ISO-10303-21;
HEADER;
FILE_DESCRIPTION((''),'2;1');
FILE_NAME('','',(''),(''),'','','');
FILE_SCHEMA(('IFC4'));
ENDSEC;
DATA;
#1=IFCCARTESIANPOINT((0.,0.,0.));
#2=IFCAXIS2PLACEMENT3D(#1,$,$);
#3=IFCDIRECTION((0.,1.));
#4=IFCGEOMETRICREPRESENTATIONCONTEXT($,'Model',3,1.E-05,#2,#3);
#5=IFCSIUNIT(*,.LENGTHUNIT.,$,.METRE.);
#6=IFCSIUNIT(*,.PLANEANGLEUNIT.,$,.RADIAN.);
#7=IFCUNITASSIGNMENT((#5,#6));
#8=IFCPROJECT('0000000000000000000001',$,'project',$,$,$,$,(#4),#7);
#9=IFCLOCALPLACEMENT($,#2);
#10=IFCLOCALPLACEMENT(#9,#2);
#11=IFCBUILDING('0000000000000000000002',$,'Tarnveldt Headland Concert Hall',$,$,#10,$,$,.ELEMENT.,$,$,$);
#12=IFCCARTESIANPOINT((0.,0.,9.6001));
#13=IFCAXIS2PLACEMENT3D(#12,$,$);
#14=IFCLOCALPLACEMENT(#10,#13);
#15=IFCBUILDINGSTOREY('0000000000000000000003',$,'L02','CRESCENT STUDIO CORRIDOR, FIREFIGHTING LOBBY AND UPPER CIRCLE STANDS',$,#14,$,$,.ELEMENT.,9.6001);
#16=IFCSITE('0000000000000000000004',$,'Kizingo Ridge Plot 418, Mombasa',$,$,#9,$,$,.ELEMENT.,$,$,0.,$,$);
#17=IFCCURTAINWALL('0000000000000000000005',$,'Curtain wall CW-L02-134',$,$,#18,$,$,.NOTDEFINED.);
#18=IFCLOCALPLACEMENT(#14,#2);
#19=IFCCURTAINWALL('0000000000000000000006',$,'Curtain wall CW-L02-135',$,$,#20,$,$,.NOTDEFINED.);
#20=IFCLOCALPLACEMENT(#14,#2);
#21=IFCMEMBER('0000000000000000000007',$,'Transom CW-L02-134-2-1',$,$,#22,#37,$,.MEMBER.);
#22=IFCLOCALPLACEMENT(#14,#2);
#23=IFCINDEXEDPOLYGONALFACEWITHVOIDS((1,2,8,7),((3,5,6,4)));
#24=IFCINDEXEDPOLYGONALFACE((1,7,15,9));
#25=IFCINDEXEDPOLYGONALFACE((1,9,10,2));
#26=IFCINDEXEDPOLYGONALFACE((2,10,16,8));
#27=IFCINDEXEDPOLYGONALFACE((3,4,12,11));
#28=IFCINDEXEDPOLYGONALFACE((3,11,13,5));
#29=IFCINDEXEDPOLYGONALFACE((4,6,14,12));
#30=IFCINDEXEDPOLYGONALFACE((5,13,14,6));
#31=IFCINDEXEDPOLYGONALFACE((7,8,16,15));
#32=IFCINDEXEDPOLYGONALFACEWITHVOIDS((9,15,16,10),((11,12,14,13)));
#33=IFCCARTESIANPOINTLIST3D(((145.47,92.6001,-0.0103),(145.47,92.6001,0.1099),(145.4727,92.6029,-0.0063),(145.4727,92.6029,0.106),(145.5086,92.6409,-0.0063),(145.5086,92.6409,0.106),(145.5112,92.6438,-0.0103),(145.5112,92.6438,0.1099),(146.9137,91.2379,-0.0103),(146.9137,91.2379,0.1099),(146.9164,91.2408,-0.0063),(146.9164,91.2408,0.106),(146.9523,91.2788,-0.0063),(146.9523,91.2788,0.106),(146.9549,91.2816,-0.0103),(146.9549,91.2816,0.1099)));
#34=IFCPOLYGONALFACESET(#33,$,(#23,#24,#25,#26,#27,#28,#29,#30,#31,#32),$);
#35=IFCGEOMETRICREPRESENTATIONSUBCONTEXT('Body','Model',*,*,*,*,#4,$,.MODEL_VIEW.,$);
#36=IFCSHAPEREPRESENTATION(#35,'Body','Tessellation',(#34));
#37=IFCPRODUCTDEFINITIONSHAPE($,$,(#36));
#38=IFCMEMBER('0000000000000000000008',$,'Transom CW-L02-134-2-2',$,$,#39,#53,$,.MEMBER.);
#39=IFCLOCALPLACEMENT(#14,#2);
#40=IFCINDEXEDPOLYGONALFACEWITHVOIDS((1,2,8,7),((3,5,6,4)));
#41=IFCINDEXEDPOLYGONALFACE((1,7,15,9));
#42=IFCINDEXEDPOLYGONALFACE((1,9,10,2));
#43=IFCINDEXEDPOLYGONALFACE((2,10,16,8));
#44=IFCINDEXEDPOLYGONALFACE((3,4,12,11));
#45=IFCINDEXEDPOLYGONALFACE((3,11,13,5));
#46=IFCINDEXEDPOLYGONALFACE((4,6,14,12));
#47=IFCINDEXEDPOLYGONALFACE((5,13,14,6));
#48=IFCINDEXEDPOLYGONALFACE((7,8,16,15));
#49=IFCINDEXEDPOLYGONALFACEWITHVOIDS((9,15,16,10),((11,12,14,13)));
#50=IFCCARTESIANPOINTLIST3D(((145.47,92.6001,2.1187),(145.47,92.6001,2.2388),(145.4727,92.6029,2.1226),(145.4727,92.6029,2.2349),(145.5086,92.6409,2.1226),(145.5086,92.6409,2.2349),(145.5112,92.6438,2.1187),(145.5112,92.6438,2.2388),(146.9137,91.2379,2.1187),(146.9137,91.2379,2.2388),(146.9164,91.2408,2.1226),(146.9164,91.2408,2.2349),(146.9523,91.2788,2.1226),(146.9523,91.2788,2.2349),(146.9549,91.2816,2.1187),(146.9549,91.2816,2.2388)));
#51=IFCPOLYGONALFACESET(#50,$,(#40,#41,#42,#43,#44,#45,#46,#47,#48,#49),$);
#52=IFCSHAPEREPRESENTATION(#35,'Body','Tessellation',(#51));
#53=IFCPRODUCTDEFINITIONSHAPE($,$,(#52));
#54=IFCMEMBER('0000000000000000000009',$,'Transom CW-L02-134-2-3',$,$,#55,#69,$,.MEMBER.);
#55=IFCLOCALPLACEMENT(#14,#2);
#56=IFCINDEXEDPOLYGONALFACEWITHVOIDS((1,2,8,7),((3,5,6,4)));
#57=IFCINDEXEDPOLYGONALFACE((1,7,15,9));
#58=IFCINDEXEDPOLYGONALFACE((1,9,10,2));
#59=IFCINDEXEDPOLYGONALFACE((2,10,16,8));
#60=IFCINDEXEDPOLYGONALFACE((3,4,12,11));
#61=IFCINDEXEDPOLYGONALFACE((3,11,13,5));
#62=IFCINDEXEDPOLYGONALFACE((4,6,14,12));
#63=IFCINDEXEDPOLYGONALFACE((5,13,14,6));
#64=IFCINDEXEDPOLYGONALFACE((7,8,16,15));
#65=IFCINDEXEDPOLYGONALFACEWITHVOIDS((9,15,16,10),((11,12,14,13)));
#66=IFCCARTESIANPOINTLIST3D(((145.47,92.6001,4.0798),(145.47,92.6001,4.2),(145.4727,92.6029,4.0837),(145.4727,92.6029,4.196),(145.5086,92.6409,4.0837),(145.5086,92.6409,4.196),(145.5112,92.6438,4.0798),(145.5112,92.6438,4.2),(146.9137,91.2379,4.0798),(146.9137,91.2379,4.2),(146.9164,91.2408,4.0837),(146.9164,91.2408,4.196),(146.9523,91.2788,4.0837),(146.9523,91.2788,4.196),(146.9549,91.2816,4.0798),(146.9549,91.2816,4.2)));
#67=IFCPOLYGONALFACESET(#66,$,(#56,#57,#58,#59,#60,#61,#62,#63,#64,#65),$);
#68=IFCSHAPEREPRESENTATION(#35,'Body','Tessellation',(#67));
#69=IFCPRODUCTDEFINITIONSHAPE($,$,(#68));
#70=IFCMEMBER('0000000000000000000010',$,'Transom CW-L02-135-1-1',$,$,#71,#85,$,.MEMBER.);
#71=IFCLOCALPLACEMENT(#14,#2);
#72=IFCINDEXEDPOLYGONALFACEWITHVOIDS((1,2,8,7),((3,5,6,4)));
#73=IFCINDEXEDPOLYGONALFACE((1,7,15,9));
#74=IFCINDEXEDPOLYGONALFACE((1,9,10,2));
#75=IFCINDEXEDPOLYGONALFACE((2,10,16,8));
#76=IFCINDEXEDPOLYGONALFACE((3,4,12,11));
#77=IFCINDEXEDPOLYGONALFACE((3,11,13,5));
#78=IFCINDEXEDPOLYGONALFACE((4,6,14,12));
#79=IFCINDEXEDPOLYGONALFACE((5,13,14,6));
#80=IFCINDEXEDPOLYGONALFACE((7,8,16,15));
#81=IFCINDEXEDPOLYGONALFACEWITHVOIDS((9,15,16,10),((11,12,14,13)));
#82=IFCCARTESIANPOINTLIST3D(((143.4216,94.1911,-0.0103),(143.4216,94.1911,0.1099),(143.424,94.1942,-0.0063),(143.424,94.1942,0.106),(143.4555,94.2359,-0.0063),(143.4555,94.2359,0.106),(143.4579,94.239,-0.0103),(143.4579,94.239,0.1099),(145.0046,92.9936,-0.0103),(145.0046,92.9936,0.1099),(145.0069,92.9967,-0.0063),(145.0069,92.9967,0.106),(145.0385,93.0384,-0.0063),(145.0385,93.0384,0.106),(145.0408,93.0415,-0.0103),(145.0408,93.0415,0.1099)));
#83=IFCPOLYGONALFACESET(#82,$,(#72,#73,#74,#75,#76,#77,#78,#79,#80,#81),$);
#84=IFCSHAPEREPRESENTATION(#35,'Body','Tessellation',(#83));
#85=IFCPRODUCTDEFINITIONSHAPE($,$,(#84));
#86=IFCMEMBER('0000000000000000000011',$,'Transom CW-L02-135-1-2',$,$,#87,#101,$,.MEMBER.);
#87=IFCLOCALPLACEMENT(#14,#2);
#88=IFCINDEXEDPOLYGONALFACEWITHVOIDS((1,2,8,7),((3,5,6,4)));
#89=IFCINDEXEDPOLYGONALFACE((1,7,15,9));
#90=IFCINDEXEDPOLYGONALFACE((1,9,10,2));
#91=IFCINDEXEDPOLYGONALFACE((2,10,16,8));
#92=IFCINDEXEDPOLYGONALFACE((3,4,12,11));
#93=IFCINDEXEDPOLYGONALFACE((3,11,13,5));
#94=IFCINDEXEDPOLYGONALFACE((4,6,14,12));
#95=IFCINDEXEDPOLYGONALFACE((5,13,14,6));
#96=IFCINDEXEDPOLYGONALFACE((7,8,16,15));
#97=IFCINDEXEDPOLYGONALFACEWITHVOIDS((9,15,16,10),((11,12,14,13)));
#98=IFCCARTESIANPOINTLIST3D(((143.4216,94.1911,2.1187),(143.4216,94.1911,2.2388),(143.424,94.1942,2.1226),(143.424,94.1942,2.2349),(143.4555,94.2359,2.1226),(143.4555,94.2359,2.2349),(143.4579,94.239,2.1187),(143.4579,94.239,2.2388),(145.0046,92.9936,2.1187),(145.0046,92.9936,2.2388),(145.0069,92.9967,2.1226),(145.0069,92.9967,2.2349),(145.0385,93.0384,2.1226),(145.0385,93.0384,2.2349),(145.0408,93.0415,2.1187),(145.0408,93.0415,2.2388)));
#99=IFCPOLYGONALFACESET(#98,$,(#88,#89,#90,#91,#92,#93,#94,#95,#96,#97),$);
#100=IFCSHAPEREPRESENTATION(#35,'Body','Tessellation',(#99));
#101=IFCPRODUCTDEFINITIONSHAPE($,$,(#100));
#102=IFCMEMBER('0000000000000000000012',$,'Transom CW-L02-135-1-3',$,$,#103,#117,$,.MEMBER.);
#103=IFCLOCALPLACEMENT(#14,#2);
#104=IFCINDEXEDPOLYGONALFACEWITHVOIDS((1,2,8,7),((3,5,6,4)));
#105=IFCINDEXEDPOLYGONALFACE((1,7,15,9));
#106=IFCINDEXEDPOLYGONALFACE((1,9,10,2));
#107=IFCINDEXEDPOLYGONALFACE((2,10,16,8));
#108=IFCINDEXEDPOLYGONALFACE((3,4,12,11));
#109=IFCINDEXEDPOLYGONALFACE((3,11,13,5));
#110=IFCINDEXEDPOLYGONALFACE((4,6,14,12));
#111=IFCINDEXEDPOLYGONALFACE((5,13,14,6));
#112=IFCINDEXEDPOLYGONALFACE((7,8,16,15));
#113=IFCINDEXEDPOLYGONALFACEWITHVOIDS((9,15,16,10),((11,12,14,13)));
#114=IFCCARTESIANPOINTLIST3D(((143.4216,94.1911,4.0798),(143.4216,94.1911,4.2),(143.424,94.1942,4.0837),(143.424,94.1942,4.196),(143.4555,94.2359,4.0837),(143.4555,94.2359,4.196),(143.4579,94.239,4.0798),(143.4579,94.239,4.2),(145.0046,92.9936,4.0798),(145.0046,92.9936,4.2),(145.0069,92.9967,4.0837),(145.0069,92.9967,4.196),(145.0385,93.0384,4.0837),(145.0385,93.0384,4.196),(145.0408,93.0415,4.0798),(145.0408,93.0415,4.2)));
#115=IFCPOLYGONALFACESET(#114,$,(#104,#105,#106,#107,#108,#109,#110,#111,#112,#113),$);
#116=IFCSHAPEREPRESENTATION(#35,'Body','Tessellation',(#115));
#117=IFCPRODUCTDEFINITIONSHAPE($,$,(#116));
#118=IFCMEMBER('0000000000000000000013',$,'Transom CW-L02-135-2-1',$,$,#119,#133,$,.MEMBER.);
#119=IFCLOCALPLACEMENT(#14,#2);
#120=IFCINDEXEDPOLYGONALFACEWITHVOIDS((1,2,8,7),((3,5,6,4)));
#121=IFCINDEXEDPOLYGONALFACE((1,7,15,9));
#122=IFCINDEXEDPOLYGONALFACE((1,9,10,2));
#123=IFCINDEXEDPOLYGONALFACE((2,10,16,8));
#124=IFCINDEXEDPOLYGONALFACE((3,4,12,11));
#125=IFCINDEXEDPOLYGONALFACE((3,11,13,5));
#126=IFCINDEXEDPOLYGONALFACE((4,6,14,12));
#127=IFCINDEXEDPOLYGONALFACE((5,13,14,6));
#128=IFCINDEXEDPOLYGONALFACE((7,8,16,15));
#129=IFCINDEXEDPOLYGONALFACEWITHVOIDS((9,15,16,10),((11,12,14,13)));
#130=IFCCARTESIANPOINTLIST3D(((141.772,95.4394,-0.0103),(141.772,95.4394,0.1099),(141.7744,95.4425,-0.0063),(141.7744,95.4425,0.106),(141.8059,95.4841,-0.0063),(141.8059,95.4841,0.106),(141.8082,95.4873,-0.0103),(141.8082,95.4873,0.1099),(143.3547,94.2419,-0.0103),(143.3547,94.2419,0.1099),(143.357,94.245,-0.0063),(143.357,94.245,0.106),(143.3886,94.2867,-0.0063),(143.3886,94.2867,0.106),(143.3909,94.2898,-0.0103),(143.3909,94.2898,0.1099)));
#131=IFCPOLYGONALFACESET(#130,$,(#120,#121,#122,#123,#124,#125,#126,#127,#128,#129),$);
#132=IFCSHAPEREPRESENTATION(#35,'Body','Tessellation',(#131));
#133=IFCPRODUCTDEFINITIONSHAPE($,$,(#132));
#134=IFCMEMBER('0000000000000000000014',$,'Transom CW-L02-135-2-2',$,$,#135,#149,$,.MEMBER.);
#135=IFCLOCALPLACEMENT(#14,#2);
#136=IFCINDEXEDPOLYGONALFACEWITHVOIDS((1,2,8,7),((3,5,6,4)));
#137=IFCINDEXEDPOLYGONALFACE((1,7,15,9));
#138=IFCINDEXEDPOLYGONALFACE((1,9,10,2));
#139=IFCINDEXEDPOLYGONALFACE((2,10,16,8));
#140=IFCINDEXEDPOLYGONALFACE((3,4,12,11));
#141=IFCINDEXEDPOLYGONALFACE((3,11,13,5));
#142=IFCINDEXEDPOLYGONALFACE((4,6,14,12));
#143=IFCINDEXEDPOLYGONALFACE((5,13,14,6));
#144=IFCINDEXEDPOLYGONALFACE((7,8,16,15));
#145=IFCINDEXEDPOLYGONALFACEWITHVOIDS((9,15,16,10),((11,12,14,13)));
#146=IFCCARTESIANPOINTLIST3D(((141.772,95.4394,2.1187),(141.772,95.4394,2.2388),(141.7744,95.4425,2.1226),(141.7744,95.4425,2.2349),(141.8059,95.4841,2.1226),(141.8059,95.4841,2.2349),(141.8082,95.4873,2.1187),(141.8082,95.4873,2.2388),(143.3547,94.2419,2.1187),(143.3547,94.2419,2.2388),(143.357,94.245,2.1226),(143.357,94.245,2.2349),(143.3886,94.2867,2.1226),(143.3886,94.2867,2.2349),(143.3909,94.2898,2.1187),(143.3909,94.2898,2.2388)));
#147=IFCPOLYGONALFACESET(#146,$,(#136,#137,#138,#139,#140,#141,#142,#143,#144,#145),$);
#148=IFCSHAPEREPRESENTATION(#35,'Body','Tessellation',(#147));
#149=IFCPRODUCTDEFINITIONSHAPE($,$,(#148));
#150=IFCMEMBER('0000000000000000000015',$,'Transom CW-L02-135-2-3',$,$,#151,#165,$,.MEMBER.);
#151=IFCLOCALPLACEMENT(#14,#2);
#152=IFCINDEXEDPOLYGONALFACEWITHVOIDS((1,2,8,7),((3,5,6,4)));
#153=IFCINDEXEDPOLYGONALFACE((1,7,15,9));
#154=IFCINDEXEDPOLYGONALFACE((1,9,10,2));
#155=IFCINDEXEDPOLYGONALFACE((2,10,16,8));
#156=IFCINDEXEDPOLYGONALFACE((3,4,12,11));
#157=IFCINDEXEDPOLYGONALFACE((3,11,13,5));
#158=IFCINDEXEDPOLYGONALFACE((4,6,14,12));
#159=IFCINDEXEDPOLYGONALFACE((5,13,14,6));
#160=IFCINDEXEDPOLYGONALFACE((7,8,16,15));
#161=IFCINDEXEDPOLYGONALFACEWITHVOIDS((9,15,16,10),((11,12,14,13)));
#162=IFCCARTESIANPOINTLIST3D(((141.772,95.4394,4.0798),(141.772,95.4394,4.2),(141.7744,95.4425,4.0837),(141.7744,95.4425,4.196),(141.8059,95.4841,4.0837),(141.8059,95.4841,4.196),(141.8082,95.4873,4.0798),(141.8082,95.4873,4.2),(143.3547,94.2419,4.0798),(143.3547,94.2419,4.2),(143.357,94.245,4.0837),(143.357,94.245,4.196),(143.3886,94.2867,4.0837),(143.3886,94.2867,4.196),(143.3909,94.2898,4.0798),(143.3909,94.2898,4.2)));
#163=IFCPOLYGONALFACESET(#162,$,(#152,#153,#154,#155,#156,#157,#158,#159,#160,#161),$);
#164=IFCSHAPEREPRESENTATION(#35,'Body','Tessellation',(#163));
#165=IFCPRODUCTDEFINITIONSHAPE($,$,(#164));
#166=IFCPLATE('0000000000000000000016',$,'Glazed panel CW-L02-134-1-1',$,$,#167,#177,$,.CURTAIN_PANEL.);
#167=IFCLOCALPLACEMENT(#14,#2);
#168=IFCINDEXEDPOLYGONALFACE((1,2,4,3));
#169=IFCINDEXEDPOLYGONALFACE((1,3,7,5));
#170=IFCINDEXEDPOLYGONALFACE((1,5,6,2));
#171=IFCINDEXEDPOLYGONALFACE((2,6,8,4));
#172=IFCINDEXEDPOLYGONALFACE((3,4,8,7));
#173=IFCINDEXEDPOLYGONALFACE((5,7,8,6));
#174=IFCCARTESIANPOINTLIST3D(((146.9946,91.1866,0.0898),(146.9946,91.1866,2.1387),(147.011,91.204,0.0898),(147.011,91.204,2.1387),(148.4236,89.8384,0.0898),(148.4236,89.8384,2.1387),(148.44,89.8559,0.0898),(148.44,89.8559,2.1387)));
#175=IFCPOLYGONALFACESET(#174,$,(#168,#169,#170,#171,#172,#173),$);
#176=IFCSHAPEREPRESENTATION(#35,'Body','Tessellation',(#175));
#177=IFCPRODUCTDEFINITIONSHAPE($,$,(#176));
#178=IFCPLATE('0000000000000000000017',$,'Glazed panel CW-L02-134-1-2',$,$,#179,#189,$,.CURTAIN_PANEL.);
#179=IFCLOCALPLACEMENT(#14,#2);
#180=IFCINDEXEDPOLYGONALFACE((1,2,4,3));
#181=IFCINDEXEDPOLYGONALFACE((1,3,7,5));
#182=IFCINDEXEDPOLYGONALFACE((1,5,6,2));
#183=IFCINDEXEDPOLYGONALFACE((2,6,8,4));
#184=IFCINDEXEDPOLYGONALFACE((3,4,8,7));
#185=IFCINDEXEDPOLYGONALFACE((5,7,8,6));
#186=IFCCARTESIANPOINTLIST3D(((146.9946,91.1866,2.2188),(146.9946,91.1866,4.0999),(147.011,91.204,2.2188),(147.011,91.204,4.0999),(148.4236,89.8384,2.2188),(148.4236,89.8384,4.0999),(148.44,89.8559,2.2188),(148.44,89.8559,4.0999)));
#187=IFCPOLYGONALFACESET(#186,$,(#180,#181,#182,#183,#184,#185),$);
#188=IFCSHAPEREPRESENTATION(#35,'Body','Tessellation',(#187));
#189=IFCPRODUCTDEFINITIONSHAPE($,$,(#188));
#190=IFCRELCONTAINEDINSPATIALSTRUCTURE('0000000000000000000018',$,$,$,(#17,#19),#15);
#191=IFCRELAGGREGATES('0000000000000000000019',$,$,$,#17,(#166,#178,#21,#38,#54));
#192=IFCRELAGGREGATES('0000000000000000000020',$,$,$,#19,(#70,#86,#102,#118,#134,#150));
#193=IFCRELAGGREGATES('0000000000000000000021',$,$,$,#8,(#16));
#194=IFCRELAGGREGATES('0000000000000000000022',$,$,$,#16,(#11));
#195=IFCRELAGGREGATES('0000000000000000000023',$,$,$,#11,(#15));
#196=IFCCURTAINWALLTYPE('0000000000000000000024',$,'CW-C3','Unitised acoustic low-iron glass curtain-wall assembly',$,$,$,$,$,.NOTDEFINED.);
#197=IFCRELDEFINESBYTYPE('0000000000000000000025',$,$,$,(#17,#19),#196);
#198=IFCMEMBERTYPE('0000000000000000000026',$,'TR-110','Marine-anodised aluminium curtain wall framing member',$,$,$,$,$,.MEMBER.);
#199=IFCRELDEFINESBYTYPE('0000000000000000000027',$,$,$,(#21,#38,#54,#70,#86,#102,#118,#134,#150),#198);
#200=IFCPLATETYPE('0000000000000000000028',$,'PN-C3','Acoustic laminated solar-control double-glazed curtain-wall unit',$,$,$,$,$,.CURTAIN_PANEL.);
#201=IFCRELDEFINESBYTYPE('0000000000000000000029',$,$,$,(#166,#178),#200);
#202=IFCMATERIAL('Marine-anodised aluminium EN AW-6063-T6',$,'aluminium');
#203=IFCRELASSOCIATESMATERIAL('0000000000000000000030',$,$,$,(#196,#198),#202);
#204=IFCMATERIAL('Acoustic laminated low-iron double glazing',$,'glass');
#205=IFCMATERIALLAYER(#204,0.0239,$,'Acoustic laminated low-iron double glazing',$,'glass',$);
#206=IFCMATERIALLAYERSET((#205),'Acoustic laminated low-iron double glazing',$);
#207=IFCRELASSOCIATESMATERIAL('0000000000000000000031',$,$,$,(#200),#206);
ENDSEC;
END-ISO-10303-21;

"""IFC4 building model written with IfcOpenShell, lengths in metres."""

from ifc_helpers import new_model, si_unit, direction, frame, origin, origin_2d, place, context, subcontext, project, spatial, rectangle, hollow_rectangle, extrude, material, layer, layer_set, material_profile, profile_set, type_object, element, aggregate, save


model = new_model("IFC4")

# Units and contexts
model_context = context("Model", 3, precision=1e-05, world=origin(), true_north=direction((0.0, 1.0)))
body_context = subcontext(model_context, "Body", "Model", "MODEL_VIEW")
ifc_project = project(units=[si_unit("LENGTHUNIT", "METRE"), si_unit("PLANEANGLEUNIT", "RADIAN")], contexts=[model_context])

# Site, building, storey
site_placement = place(None, origin())
site = spatial("IfcSite", under=ifc_project, at=site_placement, Name="Kizingo Ridge Plot 418, Mombasa", CompositionType="ELEMENT", RefElevation=0.0)
building_placement = place(site_placement, origin())
building = spatial("IfcBuilding", under=site, at=building_placement, Name="Tarnveldt Headland Concert Hall", CompositionType="ELEMENT")
storey_placement = place(building_placement, frame((0.0, 0.0, 9.6001)))
storey = spatial("IfcBuildingStorey", under=building, at=storey_placement, Name="L02", Description="CRESCENT STUDIO CORRIDOR, FIREFIGHTING LOBBY AND UPPER CIRCLE STANDS", CompositionType="ELEMENT", Elevation=9.6001)

# Curtain walls
ifc_material_1 = material(Name="Marine-anodised aluminium EN AW-6063-T6", Category="aluminium")
curtain_wall_type = type_object("IfcCurtainWallType", Name="CW-C3", Description="Unitised acoustic low-iron glass curtain-wall assembly", PredefinedType="NOTDEFINED", material=ifc_material_1)
curtain_wall_1_placement = place(storey_placement, origin())
curtain_wall_1 = element("IfcCurtainWall", 1, at=curtain_wall_1_placement, inside=storey, type_object=curtain_wall_type, Name="Curtain wall CW-L02-134", PredefinedType="NOTDEFINED")
curtain_wall_2_placement = place(storey_placement, origin())
curtain_wall_2 = element("IfcCurtainWall", 2, at=curtain_wall_2_placement, inside=storey, type_object=curtain_wall_type, Name="Curtain wall CW-L02-135", PredefinedType="NOTDEFINED")

# Members
ifc_material_profile_1 = material_profile(ifc_material_1, hollow_rectangle(XDim=0.0601, YDim=0.1201, WallThickness=0.0039, at=origin_2d()), Name="ALU TRANSOM 60x120x4", Category="aluminium")
ifc_profile_set_1 = profile_set([ifc_material_profile_1], Name="Marine-anodised aluminium EN AW-6063-T6")
member_type_1 = type_object("IfcMemberType", Name="TR-110", Description="Marine-anodised aluminium curtain wall framing member", PredefinedType="MEMBER", material=ifc_profile_set_1)
member_1_placement = place(storey_placement, frame((146.9343, 91.2598, 0.0498), z_axis=(-0.727351, 0.686266, 0.0), x_axis=(-0.686266, -0.727351, 0.0)))
member_1 = element("IfcMember", 3, at=member_1_placement, type_object=member_type_1, Name="Transom CW-L02-134-2-1", PredefinedType="MEMBER", context=body_context, shape_type="SweptSolid", body=[
    extrude(hollow_rectangle(XDim=0.0601, YDim=0.1201, WallThickness=0.0039, at=origin_2d()), origin(), (0.0, 0.0, 1.0), 1.9849),
])
member_2_placement = place(storey_placement, frame((146.9343, 91.2598, 2.1787), z_axis=(-0.727351, 0.686266, 0.0), x_axis=(-0.686266, -0.727351, 0.0)))
member_2 = element("IfcMember", 4, at=member_2_placement, type_object=member_type_1, Name="Transom CW-L02-134-2-2", PredefinedType="MEMBER", context=body_context, shape_type="SweptSolid", body=[
    extrude(hollow_rectangle(XDim=0.0601, YDim=0.1201, WallThickness=0.0039, at=origin_2d()), origin(), (0.0, 0.0, 1.0), 1.9849),
])
member_3_placement = place(storey_placement, frame((146.9343, 91.2598, 4.1399), z_axis=(-0.727351, 0.686266, 0.0), x_axis=(-0.686266, -0.727351, 0.0)))
member_3 = element("IfcMember", 5, at=member_3_placement, type_object=member_type_1, Name="Transom CW-L02-134-2-3", PredefinedType="MEMBER", context=body_context, shape_type="SweptSolid", body=[
    extrude(hollow_rectangle(XDim=0.0601, YDim=0.1201, WallThickness=0.0039, at=origin_2d()), origin(), (0.0, 0.0, 1.0), 1.9849),
])
member_4_placement = place(storey_placement, frame((145.0227, 93.0176, 0.0498), z_axis=(-0.797514, 0.603301, 0.0), x_axis=(-0.603301, -0.797514, 0.0)))
member_4 = element("IfcMember", 6, at=member_4_placement, type_object=member_type_1, Name="Transom CW-L02-135-1-1", PredefinedType="MEMBER", context=body_context, shape_type="SweptSolid", body=[
    extrude(hollow_rectangle(XDim=0.0601, YDim=0.1201, WallThickness=0.0039, at=origin_2d()), origin(), (0.0, 0.0, 1.0), 1.9849),
])
member_5_placement = place(storey_placement, frame((145.0227, 93.0176, 2.1787), z_axis=(-0.797514, 0.603301, 0.0), x_axis=(-0.603301, -0.797514, 0.0)))
member_5 = element("IfcMember", 7, at=member_5_placement, type_object=member_type_1, Name="Transom CW-L02-135-1-2", PredefinedType="MEMBER", context=body_context, shape_type="SweptSolid", body=[
    extrude(hollow_rectangle(XDim=0.0601, YDim=0.1201, WallThickness=0.0039, at=origin_2d()), origin(), (0.0, 0.0, 1.0), 1.9849),
])
member_6_placement = place(storey_placement, frame((145.0227, 93.0176, 4.1399), z_axis=(-0.797514, 0.603301, 0.0), x_axis=(-0.603301, -0.797514, 0.0)))
member_6 = element("IfcMember", 8, at=member_6_placement, type_object=member_type_1, Name="Transom CW-L02-135-1-3", PredefinedType="MEMBER", context=body_context, shape_type="SweptSolid", body=[
    extrude(hollow_rectangle(XDim=0.0601, YDim=0.1201, WallThickness=0.0039, at=origin_2d()), origin(), (0.0, 0.0, 1.0), 1.9849),
])
member_7_placement = place(storey_placement, frame((143.3728, 94.2659, 0.0498), z_axis=(-0.797469, 0.60336, 0.0), x_axis=(-0.60336, -0.797469, 0.0)))
member_7 = element("IfcMember", 9, at=member_7_placement, type_object=member_type_1, Name="Transom CW-L02-135-2-1", PredefinedType="MEMBER", context=body_context, shape_type="SweptSolid", body=[
    extrude(hollow_rectangle(XDim=0.0601, YDim=0.1201, WallThickness=0.0039, at=origin_2d()), origin(), (0.0, 0.0, 1.0), 1.9846),
])
member_8_placement = place(storey_placement, frame((143.3728, 94.2659, 2.1787), z_axis=(-0.797469, 0.60336, 0.0), x_axis=(-0.60336, -0.797469, 0.0)))
member_8 = element("IfcMember", 10, at=member_8_placement, type_object=member_type_1, Name="Transom CW-L02-135-2-2", PredefinedType="MEMBER", context=body_context, shape_type="SweptSolid", body=[
    extrude(hollow_rectangle(XDim=0.0601, YDim=0.1201, WallThickness=0.0039, at=origin_2d()), origin(), (0.0, 0.0, 1.0), 1.9846),
])
member_9_placement = place(storey_placement, frame((143.3728, 94.2659, 4.1399), z_axis=(-0.797469, 0.60336, 0.0), x_axis=(-0.60336, -0.797469, 0.0)))
member_9 = element("IfcMember", 11, at=member_9_placement, type_object=member_type_1, Name="Transom CW-L02-135-2-3", PredefinedType="MEMBER", context=body_context, shape_type="SweptSolid", body=[
    extrude(hollow_rectangle(XDim=0.0601, YDim=0.1201, WallThickness=0.0039, at=origin_2d()), origin(), (0.0, 0.0, 1.0), 1.9846),
])

# Plates
ifc_material_2 = material(Name="Acoustic laminated low-iron double glazing", Category="glass")
ifc_layer_1 = layer(ifc_material_2, 0.0239, Name="Acoustic laminated low-iron double glazing", Category="glass")
ifc_layer_set_1 = layer_set([ifc_layer_1], Name="Acoustic laminated low-iron double glazing")
plate_type = type_object("IfcPlateType", Name="PN-C3", Description="Acoustic laminated solar-control double-glazed curtain-wall unit", PredefinedType="CURTAIN_PANEL", material=ifc_layer_set_1)
plate_1_placement = place(storey_placement, frame((147.7173, 90.5212, 0.0898), z_axis=(0.0, 0.0, 1.0), x_axis=(-0.727378, 0.686237, 0.0)))
plate_1 = element("IfcPlate", 12, at=plate_1_placement, type_object=plate_type, Name="Glazed panel CW-L02-134-1-1", PredefinedType="CURTAIN_PANEL", context=body_context, shape_type="SweptSolid", body=[
    extrude(rectangle(XDim=1.9646, YDim=0.0239, at=origin_2d()), origin(), (0.0, 0.0, 1.0), 2.0488),
])
plate_2_placement = place(storey_placement, frame((147.7173, 90.5212, 2.2188), z_axis=(0.0, 0.0, 1.0), x_axis=(-0.727378, 0.686237, 0.0)))
plate_2 = element("IfcPlate", 13, at=plate_2_placement, type_object=plate_type, Name="Glazed panel CW-L02-134-1-2", PredefinedType="CURTAIN_PANEL", context=body_context, shape_type="SweptSolid", body=[
    extrude(rectangle(XDim=1.9646, YDim=0.0239, at=origin_2d()), origin(), (0.0, 0.0, 1.0), 1.8811),
])
aggregate(curtain_wall_1, [plate_1, plate_2, member_1, member_2, member_3])
aggregate(curtain_wall_2, [member_4, member_5, member_6, member_7, member_8, member_9])

save(model, "model.ifc")
